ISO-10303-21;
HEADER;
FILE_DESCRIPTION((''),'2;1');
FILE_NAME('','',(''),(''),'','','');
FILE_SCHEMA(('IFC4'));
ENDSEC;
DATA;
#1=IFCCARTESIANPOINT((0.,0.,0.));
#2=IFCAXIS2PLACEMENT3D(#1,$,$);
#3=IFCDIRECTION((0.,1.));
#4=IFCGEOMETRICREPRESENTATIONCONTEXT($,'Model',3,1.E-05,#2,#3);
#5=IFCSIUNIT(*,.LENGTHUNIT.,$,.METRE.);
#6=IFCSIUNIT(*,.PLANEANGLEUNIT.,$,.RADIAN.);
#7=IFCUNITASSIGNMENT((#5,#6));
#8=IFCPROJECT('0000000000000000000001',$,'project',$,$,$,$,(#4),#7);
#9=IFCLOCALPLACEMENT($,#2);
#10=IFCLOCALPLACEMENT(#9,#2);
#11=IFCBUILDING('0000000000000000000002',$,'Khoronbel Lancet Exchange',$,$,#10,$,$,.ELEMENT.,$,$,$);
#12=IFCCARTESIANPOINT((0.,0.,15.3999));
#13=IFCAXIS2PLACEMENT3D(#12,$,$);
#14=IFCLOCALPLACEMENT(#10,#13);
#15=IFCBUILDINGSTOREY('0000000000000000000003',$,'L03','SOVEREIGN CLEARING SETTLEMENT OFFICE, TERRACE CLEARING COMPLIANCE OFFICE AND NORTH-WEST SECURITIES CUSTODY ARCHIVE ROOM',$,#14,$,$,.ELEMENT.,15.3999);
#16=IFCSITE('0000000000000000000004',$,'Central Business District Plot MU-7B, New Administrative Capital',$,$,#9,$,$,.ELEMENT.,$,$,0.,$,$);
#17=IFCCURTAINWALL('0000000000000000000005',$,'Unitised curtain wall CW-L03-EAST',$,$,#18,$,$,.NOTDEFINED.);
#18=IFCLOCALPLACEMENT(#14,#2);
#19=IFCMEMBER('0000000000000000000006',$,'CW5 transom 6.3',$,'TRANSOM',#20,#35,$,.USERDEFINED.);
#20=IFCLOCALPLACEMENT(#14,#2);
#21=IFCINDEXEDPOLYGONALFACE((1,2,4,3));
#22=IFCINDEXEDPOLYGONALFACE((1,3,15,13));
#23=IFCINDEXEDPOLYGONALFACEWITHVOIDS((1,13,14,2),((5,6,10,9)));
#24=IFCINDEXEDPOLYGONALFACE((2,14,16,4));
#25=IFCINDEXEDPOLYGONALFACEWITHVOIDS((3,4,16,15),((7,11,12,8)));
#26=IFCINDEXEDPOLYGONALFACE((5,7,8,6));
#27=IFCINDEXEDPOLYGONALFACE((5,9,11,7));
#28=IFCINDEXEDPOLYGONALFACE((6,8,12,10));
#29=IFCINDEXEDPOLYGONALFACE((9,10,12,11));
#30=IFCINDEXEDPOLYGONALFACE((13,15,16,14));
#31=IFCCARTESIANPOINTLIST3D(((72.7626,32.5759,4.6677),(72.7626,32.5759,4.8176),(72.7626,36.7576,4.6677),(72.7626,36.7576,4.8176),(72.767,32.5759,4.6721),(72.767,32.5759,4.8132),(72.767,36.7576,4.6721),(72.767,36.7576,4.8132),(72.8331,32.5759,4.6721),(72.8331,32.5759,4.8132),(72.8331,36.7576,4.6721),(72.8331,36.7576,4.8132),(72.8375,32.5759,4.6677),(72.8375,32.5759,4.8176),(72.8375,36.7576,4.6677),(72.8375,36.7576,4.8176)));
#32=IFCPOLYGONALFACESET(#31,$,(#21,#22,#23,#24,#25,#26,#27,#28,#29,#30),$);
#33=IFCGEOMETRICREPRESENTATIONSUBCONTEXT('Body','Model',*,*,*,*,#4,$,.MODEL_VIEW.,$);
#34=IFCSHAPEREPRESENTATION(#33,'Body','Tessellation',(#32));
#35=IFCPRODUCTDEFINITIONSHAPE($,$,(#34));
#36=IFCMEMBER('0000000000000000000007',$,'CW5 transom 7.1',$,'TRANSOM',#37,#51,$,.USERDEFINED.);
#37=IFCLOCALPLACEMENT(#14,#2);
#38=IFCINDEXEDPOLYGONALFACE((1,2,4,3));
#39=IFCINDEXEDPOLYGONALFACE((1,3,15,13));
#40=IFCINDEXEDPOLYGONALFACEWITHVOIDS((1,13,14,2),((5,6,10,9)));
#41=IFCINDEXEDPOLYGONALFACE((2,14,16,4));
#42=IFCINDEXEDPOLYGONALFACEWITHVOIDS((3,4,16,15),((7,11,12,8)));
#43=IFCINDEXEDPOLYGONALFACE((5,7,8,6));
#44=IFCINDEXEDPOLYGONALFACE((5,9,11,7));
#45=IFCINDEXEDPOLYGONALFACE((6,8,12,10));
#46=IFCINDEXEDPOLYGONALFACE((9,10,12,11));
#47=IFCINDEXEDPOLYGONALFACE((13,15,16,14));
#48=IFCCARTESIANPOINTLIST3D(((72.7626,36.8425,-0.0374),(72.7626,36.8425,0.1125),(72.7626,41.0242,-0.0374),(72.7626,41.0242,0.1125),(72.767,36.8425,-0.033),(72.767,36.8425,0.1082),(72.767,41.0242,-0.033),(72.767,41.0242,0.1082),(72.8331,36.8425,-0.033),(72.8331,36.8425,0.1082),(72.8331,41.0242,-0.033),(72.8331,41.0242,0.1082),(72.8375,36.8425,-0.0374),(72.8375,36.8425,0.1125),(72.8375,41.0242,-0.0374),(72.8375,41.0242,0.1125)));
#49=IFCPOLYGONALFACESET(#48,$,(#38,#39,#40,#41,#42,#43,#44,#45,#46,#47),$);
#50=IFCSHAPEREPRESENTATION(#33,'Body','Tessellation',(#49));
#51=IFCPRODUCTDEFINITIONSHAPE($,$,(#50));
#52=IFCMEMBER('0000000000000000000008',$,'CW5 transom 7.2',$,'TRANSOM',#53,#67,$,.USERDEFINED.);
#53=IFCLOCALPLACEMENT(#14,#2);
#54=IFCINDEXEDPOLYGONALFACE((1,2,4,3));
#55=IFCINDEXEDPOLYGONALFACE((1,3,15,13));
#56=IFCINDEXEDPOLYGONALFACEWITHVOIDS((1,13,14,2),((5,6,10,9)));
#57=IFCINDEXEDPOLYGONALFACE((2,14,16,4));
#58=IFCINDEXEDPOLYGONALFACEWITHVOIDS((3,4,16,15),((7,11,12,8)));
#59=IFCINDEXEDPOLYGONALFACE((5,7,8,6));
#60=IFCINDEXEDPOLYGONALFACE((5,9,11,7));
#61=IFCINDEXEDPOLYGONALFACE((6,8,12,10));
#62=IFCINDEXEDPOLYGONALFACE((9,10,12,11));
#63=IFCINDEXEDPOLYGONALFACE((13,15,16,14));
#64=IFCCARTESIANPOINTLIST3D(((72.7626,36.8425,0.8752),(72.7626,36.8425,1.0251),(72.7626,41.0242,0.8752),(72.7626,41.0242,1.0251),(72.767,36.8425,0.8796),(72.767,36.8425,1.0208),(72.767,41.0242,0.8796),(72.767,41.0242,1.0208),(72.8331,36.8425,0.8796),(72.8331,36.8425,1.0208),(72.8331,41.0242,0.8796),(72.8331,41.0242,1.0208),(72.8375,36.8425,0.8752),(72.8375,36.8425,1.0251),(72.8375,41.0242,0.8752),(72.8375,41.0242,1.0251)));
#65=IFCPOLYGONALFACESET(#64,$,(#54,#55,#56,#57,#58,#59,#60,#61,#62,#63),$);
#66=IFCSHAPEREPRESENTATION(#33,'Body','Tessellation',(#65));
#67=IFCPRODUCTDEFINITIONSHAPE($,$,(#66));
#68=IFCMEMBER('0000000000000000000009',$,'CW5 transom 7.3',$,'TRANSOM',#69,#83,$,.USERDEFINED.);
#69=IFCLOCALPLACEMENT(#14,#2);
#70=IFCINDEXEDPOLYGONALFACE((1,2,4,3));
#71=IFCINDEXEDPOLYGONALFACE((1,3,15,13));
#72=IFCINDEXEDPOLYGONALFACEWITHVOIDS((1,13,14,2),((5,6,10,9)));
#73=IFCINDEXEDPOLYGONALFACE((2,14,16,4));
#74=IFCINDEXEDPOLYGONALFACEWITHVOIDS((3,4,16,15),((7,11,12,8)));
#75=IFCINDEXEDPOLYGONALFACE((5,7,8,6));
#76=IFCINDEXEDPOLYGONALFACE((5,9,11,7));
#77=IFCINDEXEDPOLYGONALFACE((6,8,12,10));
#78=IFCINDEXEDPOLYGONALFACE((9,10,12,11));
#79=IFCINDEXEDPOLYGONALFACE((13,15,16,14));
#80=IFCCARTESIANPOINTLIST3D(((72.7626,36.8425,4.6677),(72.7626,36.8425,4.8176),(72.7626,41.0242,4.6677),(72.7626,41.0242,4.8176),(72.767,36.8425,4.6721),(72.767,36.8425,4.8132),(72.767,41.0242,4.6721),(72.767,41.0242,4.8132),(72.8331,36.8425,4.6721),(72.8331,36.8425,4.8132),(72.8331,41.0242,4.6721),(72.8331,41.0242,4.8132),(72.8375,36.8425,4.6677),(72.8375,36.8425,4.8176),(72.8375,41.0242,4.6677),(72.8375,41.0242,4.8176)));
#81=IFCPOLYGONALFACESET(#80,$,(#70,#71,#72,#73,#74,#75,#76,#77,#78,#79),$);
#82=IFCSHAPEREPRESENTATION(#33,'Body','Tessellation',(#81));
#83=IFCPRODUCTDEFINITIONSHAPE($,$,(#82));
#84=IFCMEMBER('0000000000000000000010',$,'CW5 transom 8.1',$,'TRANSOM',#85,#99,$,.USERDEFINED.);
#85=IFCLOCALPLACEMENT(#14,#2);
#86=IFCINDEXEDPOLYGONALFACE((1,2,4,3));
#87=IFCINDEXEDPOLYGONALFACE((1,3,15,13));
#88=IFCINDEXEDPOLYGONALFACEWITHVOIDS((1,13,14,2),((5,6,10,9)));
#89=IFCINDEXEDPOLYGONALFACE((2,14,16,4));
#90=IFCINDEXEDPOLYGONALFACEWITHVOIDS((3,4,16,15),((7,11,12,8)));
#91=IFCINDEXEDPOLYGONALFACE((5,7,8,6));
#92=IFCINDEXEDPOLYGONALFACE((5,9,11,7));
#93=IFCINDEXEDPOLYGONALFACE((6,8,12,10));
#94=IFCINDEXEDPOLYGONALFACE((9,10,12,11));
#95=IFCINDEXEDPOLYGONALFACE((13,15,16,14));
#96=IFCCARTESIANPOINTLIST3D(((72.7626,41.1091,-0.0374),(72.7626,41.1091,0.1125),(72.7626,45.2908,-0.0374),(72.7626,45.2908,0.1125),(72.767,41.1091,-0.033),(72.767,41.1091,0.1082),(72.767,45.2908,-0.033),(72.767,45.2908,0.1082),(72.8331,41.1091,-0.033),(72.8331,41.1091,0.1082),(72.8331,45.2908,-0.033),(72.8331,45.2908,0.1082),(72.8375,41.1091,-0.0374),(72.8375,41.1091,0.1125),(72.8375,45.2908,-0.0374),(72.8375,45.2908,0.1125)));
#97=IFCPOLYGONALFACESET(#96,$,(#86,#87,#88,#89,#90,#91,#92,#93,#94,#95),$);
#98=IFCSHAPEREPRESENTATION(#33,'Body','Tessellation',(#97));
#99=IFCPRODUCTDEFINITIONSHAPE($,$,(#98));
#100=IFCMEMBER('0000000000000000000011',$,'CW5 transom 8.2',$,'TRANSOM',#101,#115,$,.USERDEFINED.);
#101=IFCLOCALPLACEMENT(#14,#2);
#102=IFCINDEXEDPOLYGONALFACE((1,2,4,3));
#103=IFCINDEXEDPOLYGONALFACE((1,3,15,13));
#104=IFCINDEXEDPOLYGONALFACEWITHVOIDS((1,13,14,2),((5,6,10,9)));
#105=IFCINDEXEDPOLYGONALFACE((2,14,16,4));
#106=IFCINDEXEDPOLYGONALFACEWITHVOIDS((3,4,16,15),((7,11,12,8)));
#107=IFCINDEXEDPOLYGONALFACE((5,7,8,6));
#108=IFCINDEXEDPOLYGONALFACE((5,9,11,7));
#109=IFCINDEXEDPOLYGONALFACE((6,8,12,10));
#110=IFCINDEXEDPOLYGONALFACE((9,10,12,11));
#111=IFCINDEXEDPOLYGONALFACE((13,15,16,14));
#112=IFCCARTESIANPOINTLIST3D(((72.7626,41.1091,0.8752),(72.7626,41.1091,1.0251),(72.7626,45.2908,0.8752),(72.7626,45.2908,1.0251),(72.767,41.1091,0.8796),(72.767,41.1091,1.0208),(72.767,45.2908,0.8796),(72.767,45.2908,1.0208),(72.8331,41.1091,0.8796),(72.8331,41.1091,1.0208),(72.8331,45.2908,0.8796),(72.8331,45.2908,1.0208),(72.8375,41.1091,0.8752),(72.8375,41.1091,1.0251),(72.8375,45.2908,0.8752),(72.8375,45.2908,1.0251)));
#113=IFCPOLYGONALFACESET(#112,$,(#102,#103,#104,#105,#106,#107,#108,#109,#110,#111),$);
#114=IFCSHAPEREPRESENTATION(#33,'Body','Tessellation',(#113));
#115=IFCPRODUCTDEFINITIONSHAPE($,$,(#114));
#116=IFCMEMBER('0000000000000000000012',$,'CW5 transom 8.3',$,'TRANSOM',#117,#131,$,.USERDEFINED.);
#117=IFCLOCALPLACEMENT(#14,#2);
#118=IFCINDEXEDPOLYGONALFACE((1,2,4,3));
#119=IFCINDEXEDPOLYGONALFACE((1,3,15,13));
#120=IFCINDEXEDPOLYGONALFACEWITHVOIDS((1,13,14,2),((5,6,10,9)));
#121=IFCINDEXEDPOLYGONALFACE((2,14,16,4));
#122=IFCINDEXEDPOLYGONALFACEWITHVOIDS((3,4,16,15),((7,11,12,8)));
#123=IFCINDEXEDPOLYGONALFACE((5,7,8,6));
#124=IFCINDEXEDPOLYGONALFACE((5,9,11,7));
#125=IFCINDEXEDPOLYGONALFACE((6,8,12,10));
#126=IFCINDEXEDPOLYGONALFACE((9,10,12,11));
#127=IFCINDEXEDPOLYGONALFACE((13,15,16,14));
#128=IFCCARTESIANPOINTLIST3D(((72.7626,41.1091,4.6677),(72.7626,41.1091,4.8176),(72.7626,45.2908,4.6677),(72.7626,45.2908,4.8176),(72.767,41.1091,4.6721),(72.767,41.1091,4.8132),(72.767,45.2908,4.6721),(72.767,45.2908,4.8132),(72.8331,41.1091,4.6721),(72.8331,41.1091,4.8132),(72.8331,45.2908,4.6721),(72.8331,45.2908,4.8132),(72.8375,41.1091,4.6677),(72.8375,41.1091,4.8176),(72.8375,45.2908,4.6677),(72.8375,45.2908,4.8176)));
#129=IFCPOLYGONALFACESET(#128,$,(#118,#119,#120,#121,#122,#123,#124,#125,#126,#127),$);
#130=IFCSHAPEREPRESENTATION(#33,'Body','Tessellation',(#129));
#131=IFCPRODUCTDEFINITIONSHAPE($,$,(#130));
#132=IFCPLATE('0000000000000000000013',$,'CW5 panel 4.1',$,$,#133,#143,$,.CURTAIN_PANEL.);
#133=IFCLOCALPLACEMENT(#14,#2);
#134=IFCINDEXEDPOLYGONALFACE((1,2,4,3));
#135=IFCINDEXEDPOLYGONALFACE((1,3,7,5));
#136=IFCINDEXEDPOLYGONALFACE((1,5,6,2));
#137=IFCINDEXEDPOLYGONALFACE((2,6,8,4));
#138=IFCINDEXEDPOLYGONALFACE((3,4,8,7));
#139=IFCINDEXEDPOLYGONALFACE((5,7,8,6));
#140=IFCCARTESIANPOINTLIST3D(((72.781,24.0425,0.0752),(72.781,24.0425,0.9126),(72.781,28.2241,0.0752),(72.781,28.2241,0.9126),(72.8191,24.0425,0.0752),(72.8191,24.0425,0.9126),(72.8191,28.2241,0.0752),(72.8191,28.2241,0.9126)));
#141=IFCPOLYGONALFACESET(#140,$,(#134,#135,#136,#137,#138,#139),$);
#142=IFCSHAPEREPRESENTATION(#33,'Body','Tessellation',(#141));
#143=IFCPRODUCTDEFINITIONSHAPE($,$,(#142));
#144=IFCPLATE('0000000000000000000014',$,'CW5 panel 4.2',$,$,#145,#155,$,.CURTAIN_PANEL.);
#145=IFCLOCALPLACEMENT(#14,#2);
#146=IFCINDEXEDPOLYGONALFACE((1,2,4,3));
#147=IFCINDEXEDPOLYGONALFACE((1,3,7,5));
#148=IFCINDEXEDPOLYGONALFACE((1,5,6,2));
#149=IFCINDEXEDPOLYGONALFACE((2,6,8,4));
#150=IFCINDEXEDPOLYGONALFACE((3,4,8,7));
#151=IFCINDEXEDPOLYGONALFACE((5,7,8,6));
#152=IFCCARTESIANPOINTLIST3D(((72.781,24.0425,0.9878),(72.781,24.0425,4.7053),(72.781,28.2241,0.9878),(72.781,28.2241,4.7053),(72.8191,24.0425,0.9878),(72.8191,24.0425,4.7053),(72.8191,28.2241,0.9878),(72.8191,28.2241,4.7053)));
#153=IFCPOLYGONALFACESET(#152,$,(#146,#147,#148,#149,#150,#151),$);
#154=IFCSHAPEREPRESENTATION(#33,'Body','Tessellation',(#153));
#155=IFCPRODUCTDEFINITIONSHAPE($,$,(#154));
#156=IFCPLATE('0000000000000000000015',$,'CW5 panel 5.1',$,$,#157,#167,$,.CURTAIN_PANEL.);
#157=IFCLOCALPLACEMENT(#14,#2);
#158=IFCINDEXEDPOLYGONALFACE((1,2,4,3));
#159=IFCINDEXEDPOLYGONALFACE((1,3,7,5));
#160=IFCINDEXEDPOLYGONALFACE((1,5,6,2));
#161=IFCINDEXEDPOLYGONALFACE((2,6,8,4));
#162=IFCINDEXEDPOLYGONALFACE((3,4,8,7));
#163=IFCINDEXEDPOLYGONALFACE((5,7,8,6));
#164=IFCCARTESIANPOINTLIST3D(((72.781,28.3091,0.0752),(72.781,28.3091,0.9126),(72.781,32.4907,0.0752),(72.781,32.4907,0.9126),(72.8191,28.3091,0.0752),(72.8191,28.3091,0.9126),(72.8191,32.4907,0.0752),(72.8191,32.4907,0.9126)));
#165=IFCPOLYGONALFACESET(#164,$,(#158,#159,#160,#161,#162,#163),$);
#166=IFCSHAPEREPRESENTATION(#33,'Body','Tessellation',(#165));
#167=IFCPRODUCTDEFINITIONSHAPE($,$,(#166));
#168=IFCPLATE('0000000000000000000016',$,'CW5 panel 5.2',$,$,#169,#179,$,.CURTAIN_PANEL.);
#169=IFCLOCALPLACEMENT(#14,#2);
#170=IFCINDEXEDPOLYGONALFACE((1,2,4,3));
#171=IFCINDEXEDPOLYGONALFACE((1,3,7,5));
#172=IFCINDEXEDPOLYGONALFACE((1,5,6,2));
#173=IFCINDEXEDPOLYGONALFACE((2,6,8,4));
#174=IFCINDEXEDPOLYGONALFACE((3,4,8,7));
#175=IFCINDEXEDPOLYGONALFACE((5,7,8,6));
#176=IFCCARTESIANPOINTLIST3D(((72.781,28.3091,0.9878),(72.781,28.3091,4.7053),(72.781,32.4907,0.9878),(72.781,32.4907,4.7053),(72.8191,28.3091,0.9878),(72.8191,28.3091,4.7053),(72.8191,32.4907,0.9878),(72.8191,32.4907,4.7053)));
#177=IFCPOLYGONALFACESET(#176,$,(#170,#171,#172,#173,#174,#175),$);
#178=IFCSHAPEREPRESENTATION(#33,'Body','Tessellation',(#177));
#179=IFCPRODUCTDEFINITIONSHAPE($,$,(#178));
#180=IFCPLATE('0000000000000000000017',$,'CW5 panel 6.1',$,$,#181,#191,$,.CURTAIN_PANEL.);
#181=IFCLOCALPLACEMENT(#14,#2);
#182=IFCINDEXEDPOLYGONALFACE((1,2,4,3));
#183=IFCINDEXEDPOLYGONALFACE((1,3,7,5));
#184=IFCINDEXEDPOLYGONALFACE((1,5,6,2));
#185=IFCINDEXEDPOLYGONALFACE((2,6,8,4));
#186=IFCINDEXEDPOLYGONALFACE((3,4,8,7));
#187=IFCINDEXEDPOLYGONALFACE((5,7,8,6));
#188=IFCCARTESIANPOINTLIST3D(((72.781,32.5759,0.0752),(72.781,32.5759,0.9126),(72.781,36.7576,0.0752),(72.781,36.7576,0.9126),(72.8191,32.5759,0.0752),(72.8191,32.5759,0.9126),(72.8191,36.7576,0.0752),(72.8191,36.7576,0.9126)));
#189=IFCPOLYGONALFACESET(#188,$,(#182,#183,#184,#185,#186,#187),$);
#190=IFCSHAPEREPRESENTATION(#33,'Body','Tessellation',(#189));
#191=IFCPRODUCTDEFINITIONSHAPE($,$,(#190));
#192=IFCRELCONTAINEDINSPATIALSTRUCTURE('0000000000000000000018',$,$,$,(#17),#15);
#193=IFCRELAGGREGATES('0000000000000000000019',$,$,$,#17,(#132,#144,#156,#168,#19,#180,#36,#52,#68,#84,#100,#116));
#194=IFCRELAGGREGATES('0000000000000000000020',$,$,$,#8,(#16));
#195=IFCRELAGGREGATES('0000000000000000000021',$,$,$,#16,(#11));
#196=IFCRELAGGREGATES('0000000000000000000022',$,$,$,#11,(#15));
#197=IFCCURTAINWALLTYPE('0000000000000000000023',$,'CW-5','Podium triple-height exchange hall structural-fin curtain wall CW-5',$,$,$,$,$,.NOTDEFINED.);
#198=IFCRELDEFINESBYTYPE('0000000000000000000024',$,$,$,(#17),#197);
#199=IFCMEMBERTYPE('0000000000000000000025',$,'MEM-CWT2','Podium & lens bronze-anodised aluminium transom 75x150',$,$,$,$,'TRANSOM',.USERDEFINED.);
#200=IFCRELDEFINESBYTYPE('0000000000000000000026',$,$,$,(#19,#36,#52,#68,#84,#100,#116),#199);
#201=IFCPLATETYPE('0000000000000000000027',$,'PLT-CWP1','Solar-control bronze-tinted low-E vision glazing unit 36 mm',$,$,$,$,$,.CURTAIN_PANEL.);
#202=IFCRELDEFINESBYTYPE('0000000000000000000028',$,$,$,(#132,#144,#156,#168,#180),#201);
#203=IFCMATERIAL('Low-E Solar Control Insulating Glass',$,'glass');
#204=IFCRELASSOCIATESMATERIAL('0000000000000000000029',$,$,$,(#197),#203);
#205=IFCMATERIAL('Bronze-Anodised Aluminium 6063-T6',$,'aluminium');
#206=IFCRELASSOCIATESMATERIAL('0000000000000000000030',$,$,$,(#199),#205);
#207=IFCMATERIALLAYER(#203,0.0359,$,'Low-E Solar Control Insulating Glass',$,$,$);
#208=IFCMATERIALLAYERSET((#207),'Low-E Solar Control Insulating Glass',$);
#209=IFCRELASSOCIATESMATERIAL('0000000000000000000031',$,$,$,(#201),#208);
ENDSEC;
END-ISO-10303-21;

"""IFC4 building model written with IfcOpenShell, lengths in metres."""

from ifc_helpers import new_model, si_unit, direction, frame, origin, origin_2d, place, context, subcontext, project, spatial, rectangle, hollow_rectangle, extrude, material, layer, layer_set, material_profile, profile_set, type_object, element, aggregate, save


model = new_model("IFC4")

# Units and contexts
model_context = context("Model", 3, precision=1e-05, world=origin(), true_north=direction((0.0, 1.0)))
body_context = subcontext(model_context, "Body", "Model", "MODEL_VIEW")
ifc_project = project(units=[si_unit("LENGTHUNIT", "METRE"), si_unit("PLANEANGLEUNIT", "RADIAN")], contexts=[model_context])

# Site, building, storey
site_placement = place(None, origin())
site = spatial("IfcSite", under=ifc_project, at=site_placement, Name="Central Business District Plot MU-7B, New Administrative Capital", CompositionType="ELEMENT", RefElevation=0.0)
building_placement = place(site_placement, origin())
building = spatial("IfcBuilding", under=site, at=building_placement, Name="Khoronbel Lancet Exchange", CompositionType="ELEMENT")
storey_placement = place(building_placement, frame((0.0, 0.0, 15.3999)))
storey = spatial("IfcBuildingStorey", under=building, at=storey_placement, Name="L03", Description="SOVEREIGN CLEARING SETTLEMENT OFFICE, TERRACE CLEARING COMPLIANCE OFFICE AND NORTH-WEST SECURITIES CUSTODY ARCHIVE ROOM", CompositionType="ELEMENT", Elevation=15.3999)

# Curtain wall, members, plates
ifc_material_1 = material(Name="Low-E Solar Control Insulating Glass", Category="glass")
curtain_wall_type = type_object("IfcCurtainWallType", Name="CW-5", Description="Podium triple-height exchange hall structural-fin curtain wall CW-5", PredefinedType="NOTDEFINED", material=ifc_material_1)
curtain_wall_placement = place(storey_placement, origin())
curtain_wall = element("IfcCurtainWall", 1, at=curtain_wall_placement, inside=storey, type_object=curtain_wall_type, Name="Unitised curtain wall CW-L03-EAST", PredefinedType="NOTDEFINED")
ifc_material_2 = material(Name="Bronze-Anodised Aluminium 6063-T6", Category="aluminium")
ifc_material_profile_1 = material_profile(ifc_material_2, hollow_rectangle(XDim=0.075, YDim=0.1499, WallThickness=0.0044, at=origin_2d()), Name="ALU TRANSOM 75x150")
ifc_profile_set_1 = profile_set([ifc_material_profile_1], Name="Bronze-Anodised Aluminium 6063-T6")
member_type_1 = type_object("IfcMemberType", Name="MEM-CWT2", Description="Podium & lens bronze-anodised aluminium transom 75x150", ElementType="TRANSOM", PredefinedType="USERDEFINED", material=ifc_profile_set_1)
member_1_placement = place(storey_placement, frame((72.8, 32.5759, 4.7427), z_axis=(0.0, 1.0, 0.0), x_axis=(-1.0, 0.0, 0.0)))
member_1 = element("IfcMember", 2, at=member_1_placement, type_object=member_type_1, Name="CW5 transom 6.3", ObjectType="TRANSOM", PredefinedType="USERDEFINED", context=body_context, shape_type="SweptSolid", body=[
    extrude(hollow_rectangle(XDim=0.075, YDim=0.1499, WallThickness=0.0044, at=origin_2d()), origin(), (0.0, 0.0, 1.0), 4.1816),
])
member_2_placement = place(storey_placement, frame((72.8, 36.8425, 0.0376), z_axis=(0.0, 1.0, 0.0), x_axis=(-1.0, 0.0, 0.0)))
member_2 = element("IfcMember", 3, at=member_2_placement, type_object=member_type_1, Name="CW5 transom 7.1", ObjectType="TRANSOM", PredefinedType="USERDEFINED", context=body_context, shape_type="SweptSolid", body=[
    extrude(hollow_rectangle(XDim=0.075, YDim=0.1499, WallThickness=0.0044, at=origin_2d()), origin(), (0.0, 0.0, 1.0), 4.1816),
])
member_3_placement = place(storey_placement, frame((72.8, 36.8425, 0.9502), z_axis=(0.0, 1.0, 0.0), x_axis=(-1.0, 0.0, 0.0)))
member_3 = element("IfcMember", 4, at=member_3_placement, type_object=member_type_1, Name="CW5 transom 7.2", ObjectType="TRANSOM", PredefinedType="USERDEFINED", context=body_context, shape_type="SweptSolid", body=[
    extrude(hollow_rectangle(XDim=0.075, YDim=0.1499, WallThickness=0.0044, at=origin_2d()), origin(), (0.0, 0.0, 1.0), 4.1816),
])
member_4_placement = place(storey_placement, frame((72.8, 36.8425, 4.7427), z_axis=(0.0, 1.0, 0.0), x_axis=(-1.0, 0.0, 0.0)))
member_4 = element("IfcMember", 5, at=member_4_placement, type_object=member_type_1, Name="CW5 transom 7.3", ObjectType="TRANSOM", PredefinedType="USERDEFINED", context=body_context, shape_type="SweptSolid", body=[
    extrude(hollow_rectangle(XDim=0.075, YDim=0.1499, WallThickness=0.0044, at=origin_2d()), origin(), (0.0, 0.0, 1.0), 4.1816),
])
member_5_placement = place(storey_placement, frame((72.8, 41.1091, 0.0376), z_axis=(0.0, 1.0, 0.0), x_axis=(-1.0, 0.0, 0.0)))
member_5 = element("IfcMember", 6, at=member_5_placement, type_object=member_type_1, Name="CW5 transom 8.1", ObjectType="TRANSOM", PredefinedType="USERDEFINED", context=body_context, shape_type="SweptSolid", body=[
    extrude(hollow_rectangle(XDim=0.075, YDim=0.1499, WallThickness=0.0044, at=origin_2d()), origin(), (0.0, 0.0, 1.0), 4.1816),
])
member_6_placement = place(storey_placement, frame((72.8, 41.1091, 0.9502), z_axis=(0.0, 1.0, 0.0), x_axis=(-1.0, 0.0, 0.0)))
member_6 = element("IfcMember", 7, at=member_6_placement, type_object=member_type_1, Name="CW5 transom 8.2", ObjectType="TRANSOM", PredefinedType="USERDEFINED", context=body_context, shape_type="SweptSolid", body=[
    extrude(hollow_rectangle(XDim=0.075, YDim=0.1499, WallThickness=0.0044, at=origin_2d()), origin(), (0.0, 0.0, 1.0), 4.1816),
])
member_7_placement = place(storey_placement, frame((72.8, 41.1091, 4.7427), z_axis=(0.0, 1.0, 0.0), x_axis=(-1.0, 0.0, 0.0)))
member_7 = element("IfcMember", 8, at=member_7_placement, type_object=member_type_1, Name="CW5 transom 8.3", ObjectType="TRANSOM", PredefinedType="USERDEFINED", context=body_context, shape_type="SweptSolid", body=[
    extrude(hollow_rectangle(XDim=0.075, YDim=0.1499, WallThickness=0.0044, at=origin_2d()), origin(), (0.0, 0.0, 1.0), 4.1816),
])
ifc_layer_1 = layer(ifc_material_1, 0.0359, Name="Low-E Solar Control Insulating Glass")
ifc_layer_set_1 = layer_set([ifc_layer_1], Name="Low-E Solar Control Insulating Glass")
plate_type = type_object("IfcPlateType", Name="PLT-CWP1", Description="Solar-control bronze-tinted low-E vision glazing unit 36 mm", PredefinedType="CURTAIN_PANEL", material=ifc_layer_set_1)
plate_1_placement = place(storey_placement, frame((72.8, 26.1333, 0.0752), z_axis=(0.0, 0.0, 1.0), x_axis=(0.0, 1.0, 0.0)))
plate_1 = element("IfcPlate", 9, at=plate_1_placement, type_object=plate_type, Name="CW5 panel 4.1", PredefinedType="CURTAIN_PANEL", context=body_context, shape_type="SweptSolid", body=[
    extrude(rectangle(XDim=4.1816, YDim=0.0381, at=origin_2d()), origin(), (0.0, 0.0, 1.0), 0.8374),
])
plate_2_placement = place(storey_placement, frame((72.8, 26.1333, 0.9878), z_axis=(0.0, 0.0, 1.0), x_axis=(0.0, 1.0, 0.0)))
plate_2 = element("IfcPlate", 10, at=plate_2_placement, type_object=plate_type, Name="CW5 panel 4.2", PredefinedType="CURTAIN_PANEL", context=body_context, shape_type="SweptSolid", body=[
    extrude(rectangle(XDim=4.1816, YDim=0.0381, at=origin_2d()), origin(), (0.0, 0.0, 1.0), 3.7175),
])
plate_3_placement = place(storey_placement, frame((72.8, 30.3999, 0.0752), z_axis=(0.0, 0.0, 1.0), x_axis=(0.0, 1.0, 0.0)))
plate_3 = element("IfcPlate", 11, at=plate_3_placement, type_object=plate_type, Name="CW5 panel 5.1", PredefinedType="CURTAIN_PANEL", context=body_context, shape_type="SweptSolid", body=[
    extrude(rectangle(XDim=4.1816, YDim=0.0381, at=origin_2d()), origin(), (0.0, 0.0, 1.0), 0.8374),
])
plate_4_placement = place(storey_placement, frame((72.8, 30.3999, 0.9878), z_axis=(0.0, 0.0, 1.0), x_axis=(0.0, 1.0, 0.0)))
plate_4 = element("IfcPlate", 12, at=plate_4_placement, type_object=plate_type, Name="CW5 panel 5.2", PredefinedType="CURTAIN_PANEL", context=body_context, shape_type="SweptSolid", body=[
    extrude(rectangle(XDim=4.1816, YDim=0.0381, at=origin_2d()), origin(), (0.0, 0.0, 1.0), 3.7175),
])
plate_5_placement = place(storey_placement, frame((72.8, 34.6667, 0.0752), z_axis=(0.0, 0.0, 1.0), x_axis=(0.0, 1.0, 0.0)))
plate_5 = element("IfcPlate", 13, at=plate_5_placement, type_object=plate_type, Name="CW5 panel 6.1", PredefinedType="CURTAIN_PANEL", context=body_context, shape_type="SweptSolid", body=[
    extrude(rectangle(XDim=4.1816, YDim=0.0381, at=origin_2d()), origin(), (0.0, 0.0, 1.0), 0.8374),
])
aggregate(curtain_wall, [plate_1, plate_2, plate_3, plate_4, member_1, plate_5, member_2, member_3, member_4, member_5, member_6, member_7])

save(model, "model.ifc")
